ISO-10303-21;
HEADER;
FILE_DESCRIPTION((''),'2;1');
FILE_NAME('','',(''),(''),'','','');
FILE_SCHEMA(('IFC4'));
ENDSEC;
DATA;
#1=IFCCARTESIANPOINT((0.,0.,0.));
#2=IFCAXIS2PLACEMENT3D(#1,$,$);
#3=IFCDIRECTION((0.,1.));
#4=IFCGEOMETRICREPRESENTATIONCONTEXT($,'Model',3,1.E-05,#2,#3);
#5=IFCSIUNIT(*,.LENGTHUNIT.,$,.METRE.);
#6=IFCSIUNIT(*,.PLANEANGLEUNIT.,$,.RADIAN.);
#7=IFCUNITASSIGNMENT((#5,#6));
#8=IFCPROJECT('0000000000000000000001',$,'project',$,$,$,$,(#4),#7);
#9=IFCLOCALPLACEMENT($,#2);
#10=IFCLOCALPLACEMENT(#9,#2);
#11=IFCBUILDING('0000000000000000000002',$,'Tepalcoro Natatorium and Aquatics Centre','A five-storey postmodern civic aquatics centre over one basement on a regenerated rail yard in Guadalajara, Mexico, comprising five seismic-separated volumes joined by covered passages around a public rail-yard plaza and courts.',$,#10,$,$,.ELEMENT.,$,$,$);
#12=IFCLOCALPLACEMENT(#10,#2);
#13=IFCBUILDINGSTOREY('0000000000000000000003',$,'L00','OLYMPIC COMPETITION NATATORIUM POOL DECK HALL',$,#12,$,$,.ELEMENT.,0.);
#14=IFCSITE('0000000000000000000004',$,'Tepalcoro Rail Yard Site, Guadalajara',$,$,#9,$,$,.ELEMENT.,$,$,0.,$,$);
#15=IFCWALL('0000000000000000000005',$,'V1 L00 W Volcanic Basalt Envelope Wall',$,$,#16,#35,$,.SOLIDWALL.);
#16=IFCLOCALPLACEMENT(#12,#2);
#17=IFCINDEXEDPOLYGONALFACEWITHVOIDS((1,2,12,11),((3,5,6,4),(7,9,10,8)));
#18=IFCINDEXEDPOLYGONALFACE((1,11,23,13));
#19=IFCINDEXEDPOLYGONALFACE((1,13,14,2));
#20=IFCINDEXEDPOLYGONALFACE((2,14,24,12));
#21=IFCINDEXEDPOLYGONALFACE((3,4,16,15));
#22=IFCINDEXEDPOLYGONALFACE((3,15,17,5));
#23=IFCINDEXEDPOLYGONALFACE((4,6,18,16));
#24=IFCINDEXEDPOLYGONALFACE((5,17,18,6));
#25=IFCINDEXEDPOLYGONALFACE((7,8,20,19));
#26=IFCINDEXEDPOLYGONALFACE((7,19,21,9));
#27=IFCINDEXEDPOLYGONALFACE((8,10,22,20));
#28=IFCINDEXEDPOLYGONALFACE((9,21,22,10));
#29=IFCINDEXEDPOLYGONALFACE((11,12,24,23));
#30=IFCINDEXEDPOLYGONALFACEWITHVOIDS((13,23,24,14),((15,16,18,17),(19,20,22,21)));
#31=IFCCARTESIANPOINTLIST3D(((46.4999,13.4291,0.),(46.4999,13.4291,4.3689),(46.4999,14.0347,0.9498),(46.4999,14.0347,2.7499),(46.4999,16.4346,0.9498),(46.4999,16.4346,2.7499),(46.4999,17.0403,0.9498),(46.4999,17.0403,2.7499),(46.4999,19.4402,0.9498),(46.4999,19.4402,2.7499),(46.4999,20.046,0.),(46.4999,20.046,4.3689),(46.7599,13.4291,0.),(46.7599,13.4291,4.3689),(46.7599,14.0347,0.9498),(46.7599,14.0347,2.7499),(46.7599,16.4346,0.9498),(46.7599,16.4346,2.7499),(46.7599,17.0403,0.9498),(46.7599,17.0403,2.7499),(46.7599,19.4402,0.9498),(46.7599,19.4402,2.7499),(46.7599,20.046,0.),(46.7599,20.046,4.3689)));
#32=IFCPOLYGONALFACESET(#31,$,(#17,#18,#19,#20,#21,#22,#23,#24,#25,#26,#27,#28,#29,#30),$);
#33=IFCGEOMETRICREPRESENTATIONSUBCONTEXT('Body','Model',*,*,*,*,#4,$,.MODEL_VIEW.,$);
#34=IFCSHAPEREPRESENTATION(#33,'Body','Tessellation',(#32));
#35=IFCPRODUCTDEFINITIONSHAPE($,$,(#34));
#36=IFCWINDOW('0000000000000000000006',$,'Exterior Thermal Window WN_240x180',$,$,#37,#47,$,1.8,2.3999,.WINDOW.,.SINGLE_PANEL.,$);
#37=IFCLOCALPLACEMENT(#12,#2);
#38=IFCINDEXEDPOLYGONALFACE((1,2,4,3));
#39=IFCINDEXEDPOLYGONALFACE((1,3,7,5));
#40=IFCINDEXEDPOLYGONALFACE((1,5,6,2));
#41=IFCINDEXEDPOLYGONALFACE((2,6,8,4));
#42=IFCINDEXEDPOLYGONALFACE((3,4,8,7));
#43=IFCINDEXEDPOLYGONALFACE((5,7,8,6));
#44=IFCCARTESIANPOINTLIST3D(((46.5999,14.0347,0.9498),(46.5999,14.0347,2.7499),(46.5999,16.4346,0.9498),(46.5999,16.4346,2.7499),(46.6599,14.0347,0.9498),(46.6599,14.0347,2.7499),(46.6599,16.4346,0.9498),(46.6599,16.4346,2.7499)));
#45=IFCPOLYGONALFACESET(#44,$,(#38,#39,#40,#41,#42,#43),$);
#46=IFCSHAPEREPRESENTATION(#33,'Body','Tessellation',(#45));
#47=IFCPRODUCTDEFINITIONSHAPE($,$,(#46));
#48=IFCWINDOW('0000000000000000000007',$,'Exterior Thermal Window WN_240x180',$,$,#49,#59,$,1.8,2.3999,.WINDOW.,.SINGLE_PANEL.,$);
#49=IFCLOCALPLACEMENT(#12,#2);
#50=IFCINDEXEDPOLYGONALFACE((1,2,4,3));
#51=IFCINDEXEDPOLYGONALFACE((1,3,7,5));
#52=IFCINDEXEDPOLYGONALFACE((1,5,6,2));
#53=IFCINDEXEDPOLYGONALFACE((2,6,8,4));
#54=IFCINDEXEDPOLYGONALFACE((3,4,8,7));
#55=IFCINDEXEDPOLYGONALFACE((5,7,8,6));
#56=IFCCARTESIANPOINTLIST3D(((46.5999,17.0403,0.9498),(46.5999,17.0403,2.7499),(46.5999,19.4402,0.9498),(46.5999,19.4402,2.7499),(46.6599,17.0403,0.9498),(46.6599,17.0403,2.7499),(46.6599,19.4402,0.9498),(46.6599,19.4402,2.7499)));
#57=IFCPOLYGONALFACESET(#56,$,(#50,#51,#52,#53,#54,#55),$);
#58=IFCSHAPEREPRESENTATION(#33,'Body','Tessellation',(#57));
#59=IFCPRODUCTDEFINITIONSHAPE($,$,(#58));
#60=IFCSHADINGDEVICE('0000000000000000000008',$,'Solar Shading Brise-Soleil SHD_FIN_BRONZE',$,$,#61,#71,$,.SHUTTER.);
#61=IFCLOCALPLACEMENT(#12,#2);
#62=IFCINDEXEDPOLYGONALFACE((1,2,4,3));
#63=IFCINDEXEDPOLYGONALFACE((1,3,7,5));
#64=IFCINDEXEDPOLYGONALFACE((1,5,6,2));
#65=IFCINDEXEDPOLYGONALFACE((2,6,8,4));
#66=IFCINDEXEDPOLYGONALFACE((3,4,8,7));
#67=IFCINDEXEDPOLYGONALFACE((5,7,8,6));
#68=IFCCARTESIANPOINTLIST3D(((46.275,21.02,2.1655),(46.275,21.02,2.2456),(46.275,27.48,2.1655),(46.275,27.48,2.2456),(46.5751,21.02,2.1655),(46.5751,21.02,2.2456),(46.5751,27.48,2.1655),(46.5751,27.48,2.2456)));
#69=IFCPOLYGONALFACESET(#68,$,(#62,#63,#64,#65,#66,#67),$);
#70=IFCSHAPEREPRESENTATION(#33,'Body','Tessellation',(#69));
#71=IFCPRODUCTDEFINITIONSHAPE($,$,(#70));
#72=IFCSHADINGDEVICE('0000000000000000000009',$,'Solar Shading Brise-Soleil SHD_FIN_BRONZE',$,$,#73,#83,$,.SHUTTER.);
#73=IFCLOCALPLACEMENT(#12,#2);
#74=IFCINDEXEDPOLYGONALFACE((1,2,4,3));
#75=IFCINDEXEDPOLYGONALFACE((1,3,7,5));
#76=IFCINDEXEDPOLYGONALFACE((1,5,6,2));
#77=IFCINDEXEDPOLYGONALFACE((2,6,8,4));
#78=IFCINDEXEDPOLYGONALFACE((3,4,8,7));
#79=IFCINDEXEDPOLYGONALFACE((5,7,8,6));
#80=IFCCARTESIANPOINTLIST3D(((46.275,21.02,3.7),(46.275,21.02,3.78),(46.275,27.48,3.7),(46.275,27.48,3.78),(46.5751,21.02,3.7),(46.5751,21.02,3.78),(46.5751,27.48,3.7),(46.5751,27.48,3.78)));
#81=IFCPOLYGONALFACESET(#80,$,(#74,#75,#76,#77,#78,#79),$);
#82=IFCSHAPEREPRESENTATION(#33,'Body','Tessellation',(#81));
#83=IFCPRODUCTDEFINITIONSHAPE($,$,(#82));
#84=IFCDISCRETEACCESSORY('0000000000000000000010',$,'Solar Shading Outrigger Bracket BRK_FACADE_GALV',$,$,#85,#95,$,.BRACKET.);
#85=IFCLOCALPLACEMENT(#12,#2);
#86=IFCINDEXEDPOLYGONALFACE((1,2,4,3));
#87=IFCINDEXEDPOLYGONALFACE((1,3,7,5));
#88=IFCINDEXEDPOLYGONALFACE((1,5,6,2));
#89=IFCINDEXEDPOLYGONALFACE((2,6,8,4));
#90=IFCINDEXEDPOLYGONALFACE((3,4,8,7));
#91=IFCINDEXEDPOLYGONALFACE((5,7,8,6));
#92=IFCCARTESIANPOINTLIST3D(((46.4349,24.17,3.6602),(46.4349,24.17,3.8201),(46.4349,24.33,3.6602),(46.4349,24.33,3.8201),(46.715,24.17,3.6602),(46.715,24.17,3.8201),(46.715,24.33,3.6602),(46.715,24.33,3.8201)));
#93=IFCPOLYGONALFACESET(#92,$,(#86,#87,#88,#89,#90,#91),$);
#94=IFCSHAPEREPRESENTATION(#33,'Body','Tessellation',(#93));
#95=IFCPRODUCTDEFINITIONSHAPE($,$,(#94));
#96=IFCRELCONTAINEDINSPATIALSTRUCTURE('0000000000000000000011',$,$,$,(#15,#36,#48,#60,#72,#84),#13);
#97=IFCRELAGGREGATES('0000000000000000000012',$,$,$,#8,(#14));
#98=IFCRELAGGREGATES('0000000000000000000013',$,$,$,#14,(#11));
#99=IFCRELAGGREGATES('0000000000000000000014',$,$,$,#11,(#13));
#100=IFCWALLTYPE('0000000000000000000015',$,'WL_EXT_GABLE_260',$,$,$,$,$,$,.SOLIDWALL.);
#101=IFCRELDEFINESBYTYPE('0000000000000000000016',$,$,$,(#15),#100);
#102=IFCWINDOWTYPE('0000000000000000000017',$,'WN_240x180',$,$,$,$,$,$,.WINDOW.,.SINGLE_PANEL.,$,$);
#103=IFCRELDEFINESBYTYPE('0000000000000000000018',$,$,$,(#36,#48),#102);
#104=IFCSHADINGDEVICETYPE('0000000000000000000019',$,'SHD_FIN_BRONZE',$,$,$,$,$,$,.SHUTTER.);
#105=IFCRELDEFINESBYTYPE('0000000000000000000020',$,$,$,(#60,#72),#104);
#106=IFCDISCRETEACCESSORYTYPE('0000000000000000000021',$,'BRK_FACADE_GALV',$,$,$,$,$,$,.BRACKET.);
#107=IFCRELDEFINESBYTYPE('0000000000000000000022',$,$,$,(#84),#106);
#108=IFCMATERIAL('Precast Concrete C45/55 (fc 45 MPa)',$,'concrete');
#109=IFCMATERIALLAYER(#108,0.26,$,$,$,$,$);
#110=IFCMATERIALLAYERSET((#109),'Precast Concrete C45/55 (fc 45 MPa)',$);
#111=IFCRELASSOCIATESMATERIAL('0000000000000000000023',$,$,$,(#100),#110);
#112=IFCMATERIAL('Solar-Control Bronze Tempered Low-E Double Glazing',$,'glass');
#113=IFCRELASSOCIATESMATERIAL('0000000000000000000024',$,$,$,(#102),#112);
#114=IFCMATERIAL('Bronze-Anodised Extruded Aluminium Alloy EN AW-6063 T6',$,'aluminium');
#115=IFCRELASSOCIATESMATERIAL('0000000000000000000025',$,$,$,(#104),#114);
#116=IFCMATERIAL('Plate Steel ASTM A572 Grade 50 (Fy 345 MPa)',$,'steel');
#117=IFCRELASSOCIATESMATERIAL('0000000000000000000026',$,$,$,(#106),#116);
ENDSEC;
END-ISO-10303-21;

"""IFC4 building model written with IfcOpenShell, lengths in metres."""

from ifc_helpers import new_model, si_unit, direction, frame, frame_2d, origin, origin_2d, place, context, subcontext, project, spatial, rectangle, extrude, material, layer, layer_set, type_object, element, fill, save


model = new_model("IFC4")

# Units and contexts
model_context = context("Model", 3, precision=1e-05, world=origin(), true_north=direction((0.0, 1.0)))
body_context = subcontext(model_context, "Body", "Model", "MODEL_VIEW")
ifc_project = project(units=[si_unit("LENGTHUNIT", "METRE"), si_unit("PLANEANGLEUNIT", "RADIAN")], contexts=[model_context])

# Site, building, storey
site_placement = place(None, origin())
site = spatial("IfcSite", under=ifc_project, at=site_placement, Name="Tepalcoro Rail Yard Site, Guadalajara", CompositionType="ELEMENT", RefElevation=0.0)
building_placement = place(site_placement, origin())
building = spatial("IfcBuilding", under=site, at=building_placement, Name="Tepalcoro Natatorium and Aquatics Centre", Description="A five-storey postmodern civic aquatics centre over one basement on a regenerated rail yard in Guadalajara, Mexico, comprising five seismic-separated volumes joined by covered passages around a public rail-yard plaza and courts.", CompositionType="ELEMENT")
storey_placement = place(building_placement, origin())
storey = spatial("IfcBuildingStorey", under=building, at=storey_placement, Name="L00", Description="OLYMPIC COMPETITION NATATORIUM POOL DECK HALL", CompositionType="ELEMENT", Elevation=0.0)

# Shared definitions
ifc_material_1 = material(Name="Bronze-Anodised Extruded Aluminium Alloy EN AW-6063 T6", Category="aluminium")

# Shared definitions
ifc_material_2 = material(Name="Solar-Control Bronze Tempered Low-E Double Glazing", Category="glass")

# Wall, openings, windows
ifc_material_3 = material(Name="Precast Concrete C45/55 (fc 45 MPa)", Category="concrete")
ifc_layer_1 = layer(ifc_material_3, 0.26)
ifc_layer_set_1 = layer_set([ifc_layer_1], Name="Precast Concrete C45/55 (fc 45 MPa)")
wall_type = type_object("IfcWallType", Name="WL_EXT_GABLE_260", PredefinedType="SOLIDWALL", material=ifc_layer_set_1)
wall_placement = place(storey_placement, frame((46.6299, 13.429, 0.0), z_axis=(0.0, 0.0, 1.0), x_axis=(0.0, 1.0, 0.0)))
wall = element("IfcWall", 1, at=wall_placement, inside=storey, type_object=wall_type, Name="V1 L00 W Volcanic Basalt Envelope Wall", PredefinedType="SOLIDWALL", context=body_context, shape_type="SweptSolid", body=[
    extrude(rectangle(XDim=6.6169, YDim=0.26, at=frame_2d((3.3086, 0.0))), origin(), (0.0, 0.0, 1.0), 4.3689),
])
opening_1_placement = place(wall_placement, frame((0.6057, 0.0, 0.95)))
opening_1 = element("IfcOpeningElement", 2, at=opening_1_placement, cuts=wall, PredefinedType="OPENING", context=body_context, shape_type="SweptSolid", body=[
    extrude(rectangle(XDim=2.3999, YDim=1.8, at=frame_2d((1.2, 0.8999))), frame((0.0, 0.1421, 0.0), z_axis=(0.0, -1.0, 0.0), x_axis=(1.0, 0.0, 0.0)), (0.0, 0.0, 1.0), 0.2839),
])
opening_2_placement = place(wall_placement, frame((3.6113, 0.0, 0.95)))
opening_2 = element("IfcOpeningElement", 3, at=opening_2_placement, cuts=wall, PredefinedType="OPENING", context=body_context, shape_type="SweptSolid", body=[
    extrude(rectangle(XDim=2.3999, YDim=1.8, at=frame_2d((1.2, 0.8999))), frame((0.0, 0.1421, 0.0), z_axis=(0.0, -1.0, 0.0), x_axis=(1.0, 0.0, 0.0)), (0.0, 0.0, 1.0), 0.2839),
])
window_type = type_object("IfcWindowType", Name="WN_240x180", PartitioningType="SINGLE_PANEL", PredefinedType="WINDOW", material=ifc_material_2)
window_1_placement = place(opening_1_placement, origin())
window_1 = element("IfcWindow", 4, at=window_1_placement, inside=storey, type_object=window_type, Name="Exterior Thermal Window WN_240x180", OverallHeight=1.8, OverallWidth=2.3999, PartitioningType="SINGLE_PANEL", PredefinedType="WINDOW", context=body_context, shape_type="SweptSolid", body=[
    extrude(rectangle(XDim=2.3999, YDim=1.8, at=frame_2d((1.2, 0.8999))), frame((0.0, 0.03, 0.0), z_axis=(0.0, -1.0, 0.0), x_axis=(1.0, 0.0, 0.0)), (0.0, 0.0, 1.0), 0.0601),
])
fill(opening_1, window_1)
window_2_placement = place(opening_2_placement, origin())
window_2 = element("IfcWindow", 5, at=window_2_placement, inside=storey, type_object=window_type, Name="Exterior Thermal Window WN_240x180", OverallHeight=1.8, OverallWidth=2.3999, PartitioningType="SINGLE_PANEL", PredefinedType="WINDOW", context=body_context, shape_type="SweptSolid", body=[
    extrude(rectangle(XDim=2.3999, YDim=1.8, at=frame_2d((1.2, 0.8999))), frame((0.0, 0.03, 0.0), z_axis=(0.0, -1.0, 0.0), x_axis=(1.0, 0.0, 0.0)), (0.0, 0.0, 1.0), 0.0601),
])
fill(opening_2, window_2)

# Shading devices
shading_device_type = type_object("IfcShadingDeviceType", Name="SHD_FIN_BRONZE", PredefinedType="SHUTTER", material=ifc_material_1)
for number, where, z_axis, x_axis, name in (
    (6, (46.425, 24.25, 2.1655), (0.0, 0.0, 1.0), (1.0, 0.0, 0.0), "Solar Shading Brise-Soleil SHD_FIN_BRONZE"),
    (7, (46.425, 24.25, 3.7), (0.0, 0.0, 1.0), (1.0, 0.0, 0.0), "Solar Shading Brise-Soleil SHD_FIN_BRONZE"),
):
    element("IfcShadingDevice", number, at=place(storey_placement, frame(where, z_axis=z_axis, x_axis=x_axis)), inside=storey, type_object=shading_device_type, Name=name, PredefinedType="SHUTTER", context=body_context, shape_type="SweptSolid", body=[
        extrude(rectangle(XDim=0.3, YDim=6.46, at=origin_2d()), origin(), (0.0, 0.0, 1.0), 0.0801),
    ])

# Discrete accessory
ifc_material_4 = material(Name="Plate Steel ASTM A572 Grade 50 (Fy 345 MPa)", Category="steel")
discrete_accessory_type = type_object("IfcDiscreteAccessoryType", Name="BRK_FACADE_GALV", PredefinedType="BRACKET", material=ifc_material_4)
discrete_accessory_placement = place(storey_placement, frame((46.575, 24.25, 3.6602), z_axis=(0.0, 0.0, 1.0), x_axis=(1.0, 0.0, 0.0)))
element("IfcDiscreteAccessory", 8, at=discrete_accessory_placement, inside=storey, type_object=discrete_accessory_type, Name="Solar Shading Outrigger Bracket BRK_FACADE_GALV", PredefinedType="BRACKET", context=body_context, shape_type="SweptSolid", body=[
    extrude(rectangle(XDim=0.28, YDim=0.1599, at=origin_2d()), origin(), (0.0, 0.0, 1.0), 0.1599),
])

save(model, "model.ifc")
